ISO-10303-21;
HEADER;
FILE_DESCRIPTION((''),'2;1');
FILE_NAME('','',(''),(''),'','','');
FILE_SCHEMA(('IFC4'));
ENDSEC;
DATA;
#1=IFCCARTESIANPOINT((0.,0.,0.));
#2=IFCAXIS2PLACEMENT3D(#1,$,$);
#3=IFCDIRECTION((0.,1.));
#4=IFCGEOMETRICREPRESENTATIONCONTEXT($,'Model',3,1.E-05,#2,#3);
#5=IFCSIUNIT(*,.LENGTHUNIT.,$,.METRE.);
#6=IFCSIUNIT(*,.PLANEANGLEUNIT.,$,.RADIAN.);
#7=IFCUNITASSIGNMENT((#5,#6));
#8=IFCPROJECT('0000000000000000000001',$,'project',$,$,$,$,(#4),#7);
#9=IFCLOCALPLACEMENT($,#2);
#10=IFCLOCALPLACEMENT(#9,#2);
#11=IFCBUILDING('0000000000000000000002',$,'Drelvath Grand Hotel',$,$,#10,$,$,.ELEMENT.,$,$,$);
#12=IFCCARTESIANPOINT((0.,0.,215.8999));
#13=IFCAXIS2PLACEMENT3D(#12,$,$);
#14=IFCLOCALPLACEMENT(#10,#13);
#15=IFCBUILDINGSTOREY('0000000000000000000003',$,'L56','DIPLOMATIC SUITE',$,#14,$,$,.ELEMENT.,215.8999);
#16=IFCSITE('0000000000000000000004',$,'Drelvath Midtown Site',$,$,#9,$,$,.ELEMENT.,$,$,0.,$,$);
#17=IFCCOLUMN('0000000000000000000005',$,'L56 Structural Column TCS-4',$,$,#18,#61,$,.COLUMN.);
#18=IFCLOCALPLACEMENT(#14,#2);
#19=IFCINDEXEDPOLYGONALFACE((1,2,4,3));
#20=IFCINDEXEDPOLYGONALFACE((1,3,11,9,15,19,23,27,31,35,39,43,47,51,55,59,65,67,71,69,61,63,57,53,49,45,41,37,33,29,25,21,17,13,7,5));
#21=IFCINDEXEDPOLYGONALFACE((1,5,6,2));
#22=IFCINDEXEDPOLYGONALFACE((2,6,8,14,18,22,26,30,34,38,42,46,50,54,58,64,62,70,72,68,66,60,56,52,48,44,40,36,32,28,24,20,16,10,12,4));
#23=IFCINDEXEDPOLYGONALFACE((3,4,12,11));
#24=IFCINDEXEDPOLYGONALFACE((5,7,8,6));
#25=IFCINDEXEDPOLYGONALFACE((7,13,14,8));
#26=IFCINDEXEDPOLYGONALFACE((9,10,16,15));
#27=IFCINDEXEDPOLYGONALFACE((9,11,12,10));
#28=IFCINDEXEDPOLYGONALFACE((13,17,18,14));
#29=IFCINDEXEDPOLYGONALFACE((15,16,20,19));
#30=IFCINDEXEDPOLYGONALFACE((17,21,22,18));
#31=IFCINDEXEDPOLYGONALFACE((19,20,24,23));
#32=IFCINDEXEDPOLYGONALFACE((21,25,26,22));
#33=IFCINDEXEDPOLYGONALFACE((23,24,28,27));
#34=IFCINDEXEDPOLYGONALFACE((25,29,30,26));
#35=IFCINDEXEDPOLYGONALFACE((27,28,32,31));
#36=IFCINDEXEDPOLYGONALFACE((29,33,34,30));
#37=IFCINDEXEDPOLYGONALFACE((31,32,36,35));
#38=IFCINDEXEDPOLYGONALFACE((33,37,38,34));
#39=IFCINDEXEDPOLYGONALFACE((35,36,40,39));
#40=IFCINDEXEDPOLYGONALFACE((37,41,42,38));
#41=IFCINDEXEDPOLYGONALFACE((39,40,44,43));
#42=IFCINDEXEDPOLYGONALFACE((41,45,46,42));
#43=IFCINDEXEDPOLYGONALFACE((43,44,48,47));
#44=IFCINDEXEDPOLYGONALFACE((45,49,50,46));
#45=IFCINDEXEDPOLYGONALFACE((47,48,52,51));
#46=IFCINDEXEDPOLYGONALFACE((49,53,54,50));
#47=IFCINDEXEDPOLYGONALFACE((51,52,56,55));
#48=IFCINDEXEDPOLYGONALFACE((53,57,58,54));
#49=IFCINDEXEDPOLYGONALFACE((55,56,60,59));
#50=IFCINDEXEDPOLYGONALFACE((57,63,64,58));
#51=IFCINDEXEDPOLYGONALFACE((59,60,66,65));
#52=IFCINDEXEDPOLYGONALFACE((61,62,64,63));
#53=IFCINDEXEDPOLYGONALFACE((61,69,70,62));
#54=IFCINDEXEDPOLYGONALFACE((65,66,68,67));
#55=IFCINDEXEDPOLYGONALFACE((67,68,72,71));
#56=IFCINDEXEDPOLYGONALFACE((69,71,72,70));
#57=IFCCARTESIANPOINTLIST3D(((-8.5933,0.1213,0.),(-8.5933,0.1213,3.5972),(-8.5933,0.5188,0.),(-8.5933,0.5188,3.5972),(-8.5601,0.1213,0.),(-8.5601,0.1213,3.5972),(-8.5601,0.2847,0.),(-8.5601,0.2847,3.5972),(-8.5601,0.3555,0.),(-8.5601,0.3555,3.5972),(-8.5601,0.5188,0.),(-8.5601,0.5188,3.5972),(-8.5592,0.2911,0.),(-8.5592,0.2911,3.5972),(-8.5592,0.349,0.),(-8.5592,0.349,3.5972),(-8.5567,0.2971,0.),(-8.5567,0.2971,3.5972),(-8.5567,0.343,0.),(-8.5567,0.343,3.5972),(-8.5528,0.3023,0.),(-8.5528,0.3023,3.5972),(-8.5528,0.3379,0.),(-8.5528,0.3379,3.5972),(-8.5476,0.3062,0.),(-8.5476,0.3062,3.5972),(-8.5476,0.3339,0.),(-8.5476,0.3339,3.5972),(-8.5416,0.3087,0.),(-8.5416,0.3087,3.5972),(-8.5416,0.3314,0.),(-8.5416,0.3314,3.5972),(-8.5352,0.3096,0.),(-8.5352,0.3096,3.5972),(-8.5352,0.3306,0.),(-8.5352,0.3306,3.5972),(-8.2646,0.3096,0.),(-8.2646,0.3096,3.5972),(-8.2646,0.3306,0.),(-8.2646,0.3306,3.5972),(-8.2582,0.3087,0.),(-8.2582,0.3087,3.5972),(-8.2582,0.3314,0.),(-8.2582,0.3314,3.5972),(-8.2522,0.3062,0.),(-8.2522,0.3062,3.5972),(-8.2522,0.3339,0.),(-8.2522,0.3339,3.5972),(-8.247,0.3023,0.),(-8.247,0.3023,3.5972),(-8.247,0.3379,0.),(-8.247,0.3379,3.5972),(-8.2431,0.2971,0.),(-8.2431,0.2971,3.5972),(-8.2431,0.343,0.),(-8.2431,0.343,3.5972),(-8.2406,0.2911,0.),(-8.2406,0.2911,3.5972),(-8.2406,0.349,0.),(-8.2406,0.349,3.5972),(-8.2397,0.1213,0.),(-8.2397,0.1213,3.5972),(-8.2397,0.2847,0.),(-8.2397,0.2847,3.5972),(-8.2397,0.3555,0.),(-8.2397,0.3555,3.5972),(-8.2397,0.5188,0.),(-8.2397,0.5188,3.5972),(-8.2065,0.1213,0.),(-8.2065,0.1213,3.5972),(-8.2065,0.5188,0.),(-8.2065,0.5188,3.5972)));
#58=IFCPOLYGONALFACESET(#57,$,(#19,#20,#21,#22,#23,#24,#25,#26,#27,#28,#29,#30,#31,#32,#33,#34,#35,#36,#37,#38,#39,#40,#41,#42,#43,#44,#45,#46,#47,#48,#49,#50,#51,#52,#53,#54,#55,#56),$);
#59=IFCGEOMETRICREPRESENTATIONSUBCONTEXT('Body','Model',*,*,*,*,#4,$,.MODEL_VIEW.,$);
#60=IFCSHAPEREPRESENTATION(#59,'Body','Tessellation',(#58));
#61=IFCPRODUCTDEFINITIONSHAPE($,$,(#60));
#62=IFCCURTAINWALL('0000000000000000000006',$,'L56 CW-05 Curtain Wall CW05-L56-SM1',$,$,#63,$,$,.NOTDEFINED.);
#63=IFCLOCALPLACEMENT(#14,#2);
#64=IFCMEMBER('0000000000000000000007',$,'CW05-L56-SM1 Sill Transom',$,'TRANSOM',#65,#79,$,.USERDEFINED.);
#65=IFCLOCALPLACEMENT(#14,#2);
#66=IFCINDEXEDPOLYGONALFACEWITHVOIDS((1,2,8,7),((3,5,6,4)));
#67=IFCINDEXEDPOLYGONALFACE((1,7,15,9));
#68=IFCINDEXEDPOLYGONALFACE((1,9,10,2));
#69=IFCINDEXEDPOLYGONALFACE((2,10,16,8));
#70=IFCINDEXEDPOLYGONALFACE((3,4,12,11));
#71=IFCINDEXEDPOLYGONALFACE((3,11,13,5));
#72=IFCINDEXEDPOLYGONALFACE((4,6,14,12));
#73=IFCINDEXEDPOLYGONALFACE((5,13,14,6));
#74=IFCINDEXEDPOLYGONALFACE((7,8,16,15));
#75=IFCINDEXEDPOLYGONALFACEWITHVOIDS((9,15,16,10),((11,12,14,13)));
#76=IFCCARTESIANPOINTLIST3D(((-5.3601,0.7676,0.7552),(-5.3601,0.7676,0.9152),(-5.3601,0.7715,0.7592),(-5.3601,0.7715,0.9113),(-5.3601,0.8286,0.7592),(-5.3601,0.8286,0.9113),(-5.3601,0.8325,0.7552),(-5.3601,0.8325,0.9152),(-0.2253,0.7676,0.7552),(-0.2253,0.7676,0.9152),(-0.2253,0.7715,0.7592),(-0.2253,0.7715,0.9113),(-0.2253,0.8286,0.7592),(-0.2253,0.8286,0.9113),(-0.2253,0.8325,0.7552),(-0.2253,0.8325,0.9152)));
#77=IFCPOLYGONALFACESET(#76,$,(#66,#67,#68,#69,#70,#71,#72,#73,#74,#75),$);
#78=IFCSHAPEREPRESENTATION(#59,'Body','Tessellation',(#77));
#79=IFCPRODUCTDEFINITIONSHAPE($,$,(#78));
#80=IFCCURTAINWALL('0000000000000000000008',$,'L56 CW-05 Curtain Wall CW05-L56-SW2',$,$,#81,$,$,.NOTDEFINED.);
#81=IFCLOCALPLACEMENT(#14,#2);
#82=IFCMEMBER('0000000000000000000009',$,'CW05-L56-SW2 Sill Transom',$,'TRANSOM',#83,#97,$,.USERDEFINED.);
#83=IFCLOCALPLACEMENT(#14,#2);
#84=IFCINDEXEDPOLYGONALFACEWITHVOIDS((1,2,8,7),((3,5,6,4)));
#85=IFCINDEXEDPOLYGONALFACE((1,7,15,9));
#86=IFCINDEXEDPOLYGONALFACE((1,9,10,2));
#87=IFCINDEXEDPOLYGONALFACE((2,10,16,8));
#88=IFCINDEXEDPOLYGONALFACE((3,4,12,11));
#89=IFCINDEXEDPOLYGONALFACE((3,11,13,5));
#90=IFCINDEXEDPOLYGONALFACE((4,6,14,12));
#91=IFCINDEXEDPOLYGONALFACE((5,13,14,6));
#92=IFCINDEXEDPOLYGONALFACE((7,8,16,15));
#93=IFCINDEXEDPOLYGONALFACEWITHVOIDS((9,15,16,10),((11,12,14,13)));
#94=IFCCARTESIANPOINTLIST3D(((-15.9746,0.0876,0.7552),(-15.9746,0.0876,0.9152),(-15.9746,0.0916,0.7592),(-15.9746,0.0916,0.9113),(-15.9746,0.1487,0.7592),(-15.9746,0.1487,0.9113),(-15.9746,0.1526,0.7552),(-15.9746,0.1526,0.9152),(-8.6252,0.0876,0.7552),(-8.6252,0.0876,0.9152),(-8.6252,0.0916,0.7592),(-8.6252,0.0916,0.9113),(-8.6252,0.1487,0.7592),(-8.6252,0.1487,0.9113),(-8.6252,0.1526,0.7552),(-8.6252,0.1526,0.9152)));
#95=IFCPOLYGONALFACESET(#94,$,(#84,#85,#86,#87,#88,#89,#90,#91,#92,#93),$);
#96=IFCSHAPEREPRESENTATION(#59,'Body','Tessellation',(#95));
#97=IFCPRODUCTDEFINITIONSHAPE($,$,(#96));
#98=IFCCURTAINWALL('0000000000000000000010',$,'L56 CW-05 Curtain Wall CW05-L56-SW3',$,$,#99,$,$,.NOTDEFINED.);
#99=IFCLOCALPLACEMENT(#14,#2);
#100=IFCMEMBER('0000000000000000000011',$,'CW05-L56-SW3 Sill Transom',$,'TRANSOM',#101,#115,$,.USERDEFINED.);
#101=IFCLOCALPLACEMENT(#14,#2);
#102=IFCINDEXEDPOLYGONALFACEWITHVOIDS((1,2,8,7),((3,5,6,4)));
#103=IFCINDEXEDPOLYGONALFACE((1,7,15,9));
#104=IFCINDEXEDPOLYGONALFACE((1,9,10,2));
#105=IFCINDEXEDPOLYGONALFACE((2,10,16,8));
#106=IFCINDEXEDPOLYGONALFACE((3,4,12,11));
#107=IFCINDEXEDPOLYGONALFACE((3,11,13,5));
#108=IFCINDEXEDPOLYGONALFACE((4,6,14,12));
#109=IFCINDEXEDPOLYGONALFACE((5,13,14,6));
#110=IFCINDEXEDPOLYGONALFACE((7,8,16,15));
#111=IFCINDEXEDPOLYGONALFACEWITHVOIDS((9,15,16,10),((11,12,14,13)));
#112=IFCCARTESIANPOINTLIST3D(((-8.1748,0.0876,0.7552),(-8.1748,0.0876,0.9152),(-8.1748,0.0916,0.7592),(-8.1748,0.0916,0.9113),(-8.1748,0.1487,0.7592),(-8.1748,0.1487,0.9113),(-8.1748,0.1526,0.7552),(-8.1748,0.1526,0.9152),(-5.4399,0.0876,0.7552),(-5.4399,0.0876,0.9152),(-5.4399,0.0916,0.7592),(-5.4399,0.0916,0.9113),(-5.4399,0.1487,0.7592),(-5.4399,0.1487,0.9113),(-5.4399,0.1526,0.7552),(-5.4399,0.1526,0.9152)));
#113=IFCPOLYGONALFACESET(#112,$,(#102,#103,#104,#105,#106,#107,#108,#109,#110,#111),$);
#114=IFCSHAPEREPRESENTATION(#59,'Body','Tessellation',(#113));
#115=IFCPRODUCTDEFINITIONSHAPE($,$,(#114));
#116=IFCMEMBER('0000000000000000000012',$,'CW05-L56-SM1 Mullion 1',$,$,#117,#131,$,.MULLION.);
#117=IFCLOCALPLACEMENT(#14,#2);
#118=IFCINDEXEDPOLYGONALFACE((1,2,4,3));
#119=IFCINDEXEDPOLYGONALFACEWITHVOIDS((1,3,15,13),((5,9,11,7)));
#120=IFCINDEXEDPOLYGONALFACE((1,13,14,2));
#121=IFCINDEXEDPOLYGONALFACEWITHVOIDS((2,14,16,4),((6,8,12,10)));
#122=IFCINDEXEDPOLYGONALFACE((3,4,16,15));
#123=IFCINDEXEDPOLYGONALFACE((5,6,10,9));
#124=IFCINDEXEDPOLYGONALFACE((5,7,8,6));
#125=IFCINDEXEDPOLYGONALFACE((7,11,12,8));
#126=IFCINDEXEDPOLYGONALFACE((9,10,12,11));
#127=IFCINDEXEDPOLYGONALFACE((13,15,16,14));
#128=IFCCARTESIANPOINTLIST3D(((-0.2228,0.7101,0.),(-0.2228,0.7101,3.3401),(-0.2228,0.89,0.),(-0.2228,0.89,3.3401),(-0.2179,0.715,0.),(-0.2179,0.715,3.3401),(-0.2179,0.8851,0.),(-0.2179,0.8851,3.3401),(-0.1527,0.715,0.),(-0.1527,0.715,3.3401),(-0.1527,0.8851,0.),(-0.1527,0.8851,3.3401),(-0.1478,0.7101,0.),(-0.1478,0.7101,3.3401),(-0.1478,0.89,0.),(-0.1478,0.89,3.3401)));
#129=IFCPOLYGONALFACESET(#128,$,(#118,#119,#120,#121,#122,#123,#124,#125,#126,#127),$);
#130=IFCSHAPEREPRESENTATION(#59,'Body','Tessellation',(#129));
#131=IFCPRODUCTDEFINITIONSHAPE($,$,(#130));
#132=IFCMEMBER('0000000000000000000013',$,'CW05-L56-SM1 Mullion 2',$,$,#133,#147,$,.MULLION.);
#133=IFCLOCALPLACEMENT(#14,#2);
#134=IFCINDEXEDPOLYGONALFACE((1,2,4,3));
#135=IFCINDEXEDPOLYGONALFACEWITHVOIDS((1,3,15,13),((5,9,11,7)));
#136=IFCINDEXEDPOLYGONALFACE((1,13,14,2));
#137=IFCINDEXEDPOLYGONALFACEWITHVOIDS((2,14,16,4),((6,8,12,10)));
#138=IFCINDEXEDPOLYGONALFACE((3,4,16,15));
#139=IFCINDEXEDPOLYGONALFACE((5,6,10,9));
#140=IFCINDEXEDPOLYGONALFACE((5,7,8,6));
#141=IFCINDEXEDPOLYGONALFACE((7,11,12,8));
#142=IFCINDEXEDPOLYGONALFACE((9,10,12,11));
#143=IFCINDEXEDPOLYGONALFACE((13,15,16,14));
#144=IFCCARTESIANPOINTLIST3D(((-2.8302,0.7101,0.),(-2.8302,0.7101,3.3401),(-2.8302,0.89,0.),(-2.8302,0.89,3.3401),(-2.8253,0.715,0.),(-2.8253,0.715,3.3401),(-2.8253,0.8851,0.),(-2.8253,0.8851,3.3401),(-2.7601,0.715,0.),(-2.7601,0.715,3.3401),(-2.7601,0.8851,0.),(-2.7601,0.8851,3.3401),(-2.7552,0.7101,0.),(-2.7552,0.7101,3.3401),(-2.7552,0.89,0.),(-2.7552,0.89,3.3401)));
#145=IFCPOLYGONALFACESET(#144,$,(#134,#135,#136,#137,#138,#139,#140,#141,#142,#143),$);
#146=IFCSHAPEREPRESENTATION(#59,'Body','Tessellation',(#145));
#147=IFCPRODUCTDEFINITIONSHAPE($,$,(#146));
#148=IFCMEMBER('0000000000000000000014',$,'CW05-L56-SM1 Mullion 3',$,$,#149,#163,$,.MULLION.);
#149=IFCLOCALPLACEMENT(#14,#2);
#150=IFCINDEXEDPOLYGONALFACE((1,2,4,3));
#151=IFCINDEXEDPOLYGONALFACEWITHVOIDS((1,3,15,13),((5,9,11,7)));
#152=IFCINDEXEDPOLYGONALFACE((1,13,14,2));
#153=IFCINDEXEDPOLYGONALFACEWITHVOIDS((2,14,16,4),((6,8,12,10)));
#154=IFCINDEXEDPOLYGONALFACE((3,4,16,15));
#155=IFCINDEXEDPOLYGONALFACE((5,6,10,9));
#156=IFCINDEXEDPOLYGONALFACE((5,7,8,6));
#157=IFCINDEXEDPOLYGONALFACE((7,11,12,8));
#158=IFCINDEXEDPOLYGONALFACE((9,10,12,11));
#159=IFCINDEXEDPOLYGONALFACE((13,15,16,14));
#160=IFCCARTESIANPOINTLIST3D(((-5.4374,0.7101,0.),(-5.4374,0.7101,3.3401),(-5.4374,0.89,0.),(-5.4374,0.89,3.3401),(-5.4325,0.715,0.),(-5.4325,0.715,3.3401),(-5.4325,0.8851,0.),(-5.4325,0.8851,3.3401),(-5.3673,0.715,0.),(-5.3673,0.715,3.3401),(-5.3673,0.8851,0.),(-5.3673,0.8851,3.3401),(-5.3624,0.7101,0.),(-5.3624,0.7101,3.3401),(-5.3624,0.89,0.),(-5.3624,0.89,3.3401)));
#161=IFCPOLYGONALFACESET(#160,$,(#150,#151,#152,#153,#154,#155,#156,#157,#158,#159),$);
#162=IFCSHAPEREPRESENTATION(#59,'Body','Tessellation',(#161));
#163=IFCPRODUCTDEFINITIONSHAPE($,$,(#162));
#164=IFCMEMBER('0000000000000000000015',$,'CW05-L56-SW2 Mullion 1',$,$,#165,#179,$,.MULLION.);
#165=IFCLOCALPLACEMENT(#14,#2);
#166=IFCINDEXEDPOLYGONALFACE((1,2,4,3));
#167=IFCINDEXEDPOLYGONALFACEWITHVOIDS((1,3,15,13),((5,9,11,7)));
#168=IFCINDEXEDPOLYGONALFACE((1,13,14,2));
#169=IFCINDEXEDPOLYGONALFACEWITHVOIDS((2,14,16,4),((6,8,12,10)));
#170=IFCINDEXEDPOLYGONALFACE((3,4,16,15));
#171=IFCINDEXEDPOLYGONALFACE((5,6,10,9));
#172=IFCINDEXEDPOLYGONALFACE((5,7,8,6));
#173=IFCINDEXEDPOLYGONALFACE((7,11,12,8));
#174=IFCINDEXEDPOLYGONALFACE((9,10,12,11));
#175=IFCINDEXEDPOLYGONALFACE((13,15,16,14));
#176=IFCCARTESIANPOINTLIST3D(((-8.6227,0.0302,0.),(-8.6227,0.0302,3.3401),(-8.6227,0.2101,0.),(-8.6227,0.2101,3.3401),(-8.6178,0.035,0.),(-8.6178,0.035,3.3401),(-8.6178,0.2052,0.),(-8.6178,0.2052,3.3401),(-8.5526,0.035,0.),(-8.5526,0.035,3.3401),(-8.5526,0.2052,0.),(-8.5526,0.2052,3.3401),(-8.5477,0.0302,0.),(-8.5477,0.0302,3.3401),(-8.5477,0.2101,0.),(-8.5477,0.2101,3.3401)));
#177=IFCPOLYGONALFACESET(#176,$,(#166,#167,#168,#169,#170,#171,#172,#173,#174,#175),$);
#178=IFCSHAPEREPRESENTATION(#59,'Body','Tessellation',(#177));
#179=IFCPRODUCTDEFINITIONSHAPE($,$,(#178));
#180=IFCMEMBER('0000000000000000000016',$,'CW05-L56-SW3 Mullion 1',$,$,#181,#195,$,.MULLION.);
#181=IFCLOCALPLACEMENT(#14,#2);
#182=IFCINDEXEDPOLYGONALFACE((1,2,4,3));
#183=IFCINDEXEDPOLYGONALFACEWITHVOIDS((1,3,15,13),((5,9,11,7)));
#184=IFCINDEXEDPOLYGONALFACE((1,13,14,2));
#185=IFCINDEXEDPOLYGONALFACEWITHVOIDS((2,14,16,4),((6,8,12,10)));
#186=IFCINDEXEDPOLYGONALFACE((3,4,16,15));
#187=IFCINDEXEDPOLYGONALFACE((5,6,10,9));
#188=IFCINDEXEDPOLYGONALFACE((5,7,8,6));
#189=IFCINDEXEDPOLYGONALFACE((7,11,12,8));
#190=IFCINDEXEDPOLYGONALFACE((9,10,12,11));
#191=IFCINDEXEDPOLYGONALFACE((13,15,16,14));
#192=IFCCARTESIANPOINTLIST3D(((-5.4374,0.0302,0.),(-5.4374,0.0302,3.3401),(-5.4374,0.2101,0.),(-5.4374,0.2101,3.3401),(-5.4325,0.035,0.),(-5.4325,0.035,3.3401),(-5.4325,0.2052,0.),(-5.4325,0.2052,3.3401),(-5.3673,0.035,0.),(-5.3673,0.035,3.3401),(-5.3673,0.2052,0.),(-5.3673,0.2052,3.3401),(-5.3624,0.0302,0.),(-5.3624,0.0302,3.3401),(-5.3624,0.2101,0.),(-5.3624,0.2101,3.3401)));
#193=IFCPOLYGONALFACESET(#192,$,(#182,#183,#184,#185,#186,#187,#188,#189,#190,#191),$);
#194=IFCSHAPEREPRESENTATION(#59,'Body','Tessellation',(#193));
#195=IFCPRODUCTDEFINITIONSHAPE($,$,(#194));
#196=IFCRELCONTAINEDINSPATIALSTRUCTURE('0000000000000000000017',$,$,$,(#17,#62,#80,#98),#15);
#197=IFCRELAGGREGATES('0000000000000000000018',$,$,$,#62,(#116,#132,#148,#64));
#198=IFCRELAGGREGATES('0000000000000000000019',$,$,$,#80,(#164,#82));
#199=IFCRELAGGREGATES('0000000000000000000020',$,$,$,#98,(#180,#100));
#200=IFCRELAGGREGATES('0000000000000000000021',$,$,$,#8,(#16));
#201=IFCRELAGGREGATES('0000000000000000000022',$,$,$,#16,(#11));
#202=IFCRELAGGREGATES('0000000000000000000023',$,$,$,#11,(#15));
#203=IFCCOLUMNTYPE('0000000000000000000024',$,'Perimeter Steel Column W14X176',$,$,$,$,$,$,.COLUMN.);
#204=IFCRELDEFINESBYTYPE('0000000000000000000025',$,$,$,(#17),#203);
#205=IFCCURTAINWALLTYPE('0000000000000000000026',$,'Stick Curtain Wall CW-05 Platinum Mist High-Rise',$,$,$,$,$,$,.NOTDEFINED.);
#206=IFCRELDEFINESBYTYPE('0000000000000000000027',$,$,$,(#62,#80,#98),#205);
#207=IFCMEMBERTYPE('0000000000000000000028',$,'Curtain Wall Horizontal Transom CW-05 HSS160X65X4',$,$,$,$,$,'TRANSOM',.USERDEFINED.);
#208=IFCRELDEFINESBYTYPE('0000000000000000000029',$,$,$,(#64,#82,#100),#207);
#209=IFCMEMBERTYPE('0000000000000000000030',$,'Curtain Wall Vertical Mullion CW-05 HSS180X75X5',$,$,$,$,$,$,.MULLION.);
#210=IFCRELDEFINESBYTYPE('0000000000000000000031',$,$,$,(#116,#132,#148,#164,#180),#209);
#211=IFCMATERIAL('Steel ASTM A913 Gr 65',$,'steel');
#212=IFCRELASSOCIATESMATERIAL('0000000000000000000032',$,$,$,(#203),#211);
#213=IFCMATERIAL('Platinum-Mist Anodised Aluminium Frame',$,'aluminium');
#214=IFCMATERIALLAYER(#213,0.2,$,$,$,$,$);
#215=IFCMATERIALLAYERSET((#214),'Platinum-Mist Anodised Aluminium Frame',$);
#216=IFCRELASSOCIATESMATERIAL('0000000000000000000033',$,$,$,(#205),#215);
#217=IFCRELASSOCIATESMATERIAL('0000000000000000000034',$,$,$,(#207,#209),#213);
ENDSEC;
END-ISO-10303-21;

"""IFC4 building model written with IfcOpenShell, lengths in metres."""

from ifc_helpers import new_model, si_unit, direction, frame, origin, origin_2d, place, context, subcontext, project, spatial, hollow_rectangle, i_section, extrude, material, layer, layer_set, material_profile, profile_set, type_object, element, aggregate, save


model = new_model("IFC4")

# Units and contexts
model_context = context("Model", 3, precision=1e-05, world=origin(), true_north=direction((0.0, 1.0)))
body_context = subcontext(model_context, "Body", "Model", "MODEL_VIEW")
ifc_project = project(units=[si_unit("LENGTHUNIT", "METRE"), si_unit("PLANEANGLEUNIT", "RADIAN")], contexts=[model_context])

# Site, building, storey
site_placement = place(None, origin())
site = spatial("IfcSite", under=ifc_project, at=site_placement, Name="Drelvath Midtown Site", CompositionType="ELEMENT", RefElevation=0.0)
building_placement = place(site_placement, origin())
building = spatial("IfcBuilding", under=site, at=building_placement, Name="Drelvath Grand Hotel", CompositionType="ELEMENT")
storey_placement = place(building_placement, frame((0.0, 0.0, 215.8999)))
storey = spatial("IfcBuildingStorey", under=building, at=storey_placement, Name="L56", Description="DIPLOMATIC SUITE", CompositionType="ELEMENT", Elevation=215.8999)

# Column
ifc_material_1 = material(Name="Steel ASTM A913 Gr 65", Category="steel")
ifc_material_profile_1 = material_profile(ifc_material_1, i_section(OverallWidth=0.3975, OverallDepth=0.3867, WebThickness=0.021, FlangeThickness=0.0332, FilletRadius=0.0249, at=origin_2d()), Name="W14X176")
ifc_profile_set_1 = profile_set([ifc_material_profile_1], Name="Steel ASTM A913 Gr 65")
column_type = type_object("IfcColumnType", Name="Perimeter Steel Column W14X176", PredefinedType="COLUMN", material=ifc_profile_set_1)
column_placement = place(storey_placement, frame((-8.3999, 0.3201, 0.0), z_axis=(0.0, 0.0, 1.0), x_axis=(0.0, 1.0, 0.0)))
element("IfcColumn", 1, at=column_placement, inside=storey, type_object=column_type, Name="L56 Structural Column TCS-4", PredefinedType="COLUMN", context=body_context, shape_type="SweptSolid", body=[
    extrude(i_section(OverallWidth=0.3975, OverallDepth=0.3867, WebThickness=0.021, FlangeThickness=0.0332, FilletRadius=0.0249, at=origin_2d()), origin(), (0.0, 0.0, 1.0), 3.5972),
])

# Curtain walls, members
ifc_material_2 = material(Name="Platinum-Mist Anodised Aluminium Frame", Category="aluminium")
ifc_layer_1 = layer(ifc_material_2, 0.2)
ifc_layer_set_1 = layer_set([ifc_layer_1], Name="Platinum-Mist Anodised Aluminium Frame")
curtain_wall_type = type_object("IfcCurtainWallType", Name="Stick Curtain Wall CW-05 Platinum Mist High-Rise", PredefinedType="NOTDEFINED", material=ifc_layer_set_1)
curtain_wall_1_placement = place(storey_placement, origin())
curtain_wall_1 = element("IfcCurtainWall", 2, at=curtain_wall_1_placement, inside=storey, type_object=curtain_wall_type, Name="L56 CW-05 Curtain Wall CW05-L56-SM1", PredefinedType="NOTDEFINED")
ifc_material_profile_2 = material_profile(ifc_material_2, hollow_rectangle(XDim=0.0649, YDim=0.1599, WallThickness=0.0039, at=origin_2d()), Name="HSS160X65X4")
ifc_profile_set_2 = profile_set([ifc_material_profile_2], Name="Platinum-Mist Anodised Aluminium Frame")
member_type_1 = type_object("IfcMemberType", Name="Curtain Wall Horizontal Transom CW-05 HSS160X65X4", ElementType="TRANSOM", PredefinedType="USERDEFINED", material=ifc_profile_set_2)
member_1_placement = place(storey_placement, frame((-0.2253, 0.8, 0.8352), z_axis=(-1.0, 0.0, 0.0), x_axis=(0.0, -1.0, 0.0)))
member_1 = element("IfcMember", 3, at=member_1_placement, type_object=member_type_1, Name="CW05-L56-SM1 Sill Transom", ObjectType="TRANSOM", PredefinedType="USERDEFINED", context=body_context, shape_type="SweptSolid", body=[
    extrude(hollow_rectangle(XDim=0.0649, YDim=0.1599, WallThickness=0.0039, at=origin_2d()), origin(), (0.0, 0.0, 1.0), 5.1348),
])
curtain_wall_2_placement = place(storey_placement, origin())
curtain_wall_2 = element("IfcCurtainWall", 4, at=curtain_wall_2_placement, inside=storey, type_object=curtain_wall_type, Name="L56 CW-05 Curtain Wall CW05-L56-SW2", PredefinedType="NOTDEFINED")
member_2_placement = place(storey_placement, frame((-8.6252, 0.1201, 0.8352), z_axis=(-1.0, 0.0, 0.0), x_axis=(0.0, -1.0, 0.0)))
member_2 = element("IfcMember", 5, at=member_2_placement, type_object=member_type_1, Name="CW05-L56-SW2 Sill Transom", ObjectType="TRANSOM", PredefinedType="USERDEFINED", context=body_context, shape_type="SweptSolid", body=[
    extrude(hollow_rectangle(XDim=0.0649, YDim=0.1599, WallThickness=0.0039, at=origin_2d()), origin(), (0.0, 0.0, 1.0), 7.3494),
])
curtain_wall_3_placement = place(storey_placement, origin())
curtain_wall_3 = element("IfcCurtainWall", 6, at=curtain_wall_3_placement, inside=storey, type_object=curtain_wall_type, Name="L56 CW-05 Curtain Wall CW05-L56-SW3", PredefinedType="NOTDEFINED")
member_3_placement = place(storey_placement, frame((-5.4399, 0.1201, 0.8352), z_axis=(-1.0, 0.0, 0.0), x_axis=(0.0, -1.0, 0.0)))
member_3 = element("IfcMember", 7, at=member_3_placement, type_object=member_type_1, Name="CW05-L56-SW3 Sill Transom", ObjectType="TRANSOM", PredefinedType="USERDEFINED", context=body_context, shape_type="SweptSolid", body=[
    extrude(hollow_rectangle(XDim=0.0649, YDim=0.1599, WallThickness=0.0039, at=origin_2d()), origin(), (0.0, 0.0, 1.0), 2.7349),
])

# Members
ifc_material_profile_3 = material_profile(ifc_material_2, hollow_rectangle(XDim=0.075, YDim=0.1799, WallThickness=0.0049, at=origin_2d()), Name="HSS180X75X5")
ifc_profile_set_3 = profile_set([ifc_material_profile_3], Name="Platinum-Mist Anodised Aluminium Frame")
member_type_2 = type_object("IfcMemberType", Name="Curtain Wall Vertical Mullion CW-05 HSS180X75X5", PredefinedType="MULLION", material=ifc_profile_set_3)
member_4_placement = place(storey_placement, frame((-0.1853, 0.8, 0.0), z_axis=(0.0, 0.0, 1.0), x_axis=(1.0, 0.0, 0.0)))
member_4 = element("IfcMember", 8, at=member_4_placement, type_object=member_type_2, Name="CW05-L56-SM1 Mullion 1", PredefinedType="MULLION", context=body_context, shape_type="SweptSolid", body=[
    extrude(hollow_rectangle(XDim=0.075, YDim=0.1799, WallThickness=0.0049, at=origin_2d()), origin(), (0.0, 0.0, 1.0), 3.3401),
])
member_5_placement = place(storey_placement, frame((-2.7927, 0.8, 0.0), z_axis=(0.0, 0.0, 1.0), x_axis=(1.0, 0.0, 0.0)))
member_5 = element("IfcMember", 9, at=member_5_placement, type_object=member_type_2, Name="CW05-L56-SM1 Mullion 2", PredefinedType="MULLION", context=body_context, shape_type="SweptSolid", body=[
    extrude(hollow_rectangle(XDim=0.075, YDim=0.1799, WallThickness=0.0049, at=origin_2d()), origin(), (0.0, 0.0, 1.0), 3.3401),
])
member_6_placement = place(storey_placement, frame((-5.3999, 0.8, 0.0), z_axis=(0.0, 0.0, 1.0), x_axis=(1.0, 0.0, 0.0)))
member_6 = element("IfcMember", 10, at=member_6_placement, type_object=member_type_2, Name="CW05-L56-SM1 Mullion 3", PredefinedType="MULLION", context=body_context, shape_type="SweptSolid", body=[
    extrude(hollow_rectangle(XDim=0.075, YDim=0.1799, WallThickness=0.0049, at=origin_2d()), origin(), (0.0, 0.0, 1.0), 3.3401),
])
member_7_placement = place(storey_placement, frame((-8.5852, 0.1201, 0.0), z_axis=(0.0, 0.0, 1.0), x_axis=(1.0, 0.0, 0.0)))
member_7 = element("IfcMember", 11, at=member_7_placement, type_object=member_type_2, Name="CW05-L56-SW2 Mullion 1", PredefinedType="MULLION", context=body_context, shape_type="SweptSolid", body=[
    extrude(hollow_rectangle(XDim=0.075, YDim=0.1799, WallThickness=0.0049, at=origin_2d()), origin(), (0.0, 0.0, 1.0), 3.3401),
])
member_8_placement = place(storey_placement, frame((-5.3999, 0.1201, 0.0), z_axis=(0.0, 0.0, 1.0), x_axis=(1.0, 0.0, 0.0)))
member_8 = element("IfcMember", 12, at=member_8_placement, type_object=member_type_2, Name="CW05-L56-SW3 Mullion 1", PredefinedType="MULLION", context=body_context, shape_type="SweptSolid", body=[
    extrude(hollow_rectangle(XDim=0.075, YDim=0.1799, WallThickness=0.0049, at=origin_2d()), origin(), (0.0, 0.0, 1.0), 3.3401),
])

aggregate(curtain_wall_1, [member_4, member_5, member_6, member_1])
aggregate(curtain_wall_2, [member_7, member_2])
aggregate(curtain_wall_3, [member_8, member_3])

save(model, "model.ifc")
